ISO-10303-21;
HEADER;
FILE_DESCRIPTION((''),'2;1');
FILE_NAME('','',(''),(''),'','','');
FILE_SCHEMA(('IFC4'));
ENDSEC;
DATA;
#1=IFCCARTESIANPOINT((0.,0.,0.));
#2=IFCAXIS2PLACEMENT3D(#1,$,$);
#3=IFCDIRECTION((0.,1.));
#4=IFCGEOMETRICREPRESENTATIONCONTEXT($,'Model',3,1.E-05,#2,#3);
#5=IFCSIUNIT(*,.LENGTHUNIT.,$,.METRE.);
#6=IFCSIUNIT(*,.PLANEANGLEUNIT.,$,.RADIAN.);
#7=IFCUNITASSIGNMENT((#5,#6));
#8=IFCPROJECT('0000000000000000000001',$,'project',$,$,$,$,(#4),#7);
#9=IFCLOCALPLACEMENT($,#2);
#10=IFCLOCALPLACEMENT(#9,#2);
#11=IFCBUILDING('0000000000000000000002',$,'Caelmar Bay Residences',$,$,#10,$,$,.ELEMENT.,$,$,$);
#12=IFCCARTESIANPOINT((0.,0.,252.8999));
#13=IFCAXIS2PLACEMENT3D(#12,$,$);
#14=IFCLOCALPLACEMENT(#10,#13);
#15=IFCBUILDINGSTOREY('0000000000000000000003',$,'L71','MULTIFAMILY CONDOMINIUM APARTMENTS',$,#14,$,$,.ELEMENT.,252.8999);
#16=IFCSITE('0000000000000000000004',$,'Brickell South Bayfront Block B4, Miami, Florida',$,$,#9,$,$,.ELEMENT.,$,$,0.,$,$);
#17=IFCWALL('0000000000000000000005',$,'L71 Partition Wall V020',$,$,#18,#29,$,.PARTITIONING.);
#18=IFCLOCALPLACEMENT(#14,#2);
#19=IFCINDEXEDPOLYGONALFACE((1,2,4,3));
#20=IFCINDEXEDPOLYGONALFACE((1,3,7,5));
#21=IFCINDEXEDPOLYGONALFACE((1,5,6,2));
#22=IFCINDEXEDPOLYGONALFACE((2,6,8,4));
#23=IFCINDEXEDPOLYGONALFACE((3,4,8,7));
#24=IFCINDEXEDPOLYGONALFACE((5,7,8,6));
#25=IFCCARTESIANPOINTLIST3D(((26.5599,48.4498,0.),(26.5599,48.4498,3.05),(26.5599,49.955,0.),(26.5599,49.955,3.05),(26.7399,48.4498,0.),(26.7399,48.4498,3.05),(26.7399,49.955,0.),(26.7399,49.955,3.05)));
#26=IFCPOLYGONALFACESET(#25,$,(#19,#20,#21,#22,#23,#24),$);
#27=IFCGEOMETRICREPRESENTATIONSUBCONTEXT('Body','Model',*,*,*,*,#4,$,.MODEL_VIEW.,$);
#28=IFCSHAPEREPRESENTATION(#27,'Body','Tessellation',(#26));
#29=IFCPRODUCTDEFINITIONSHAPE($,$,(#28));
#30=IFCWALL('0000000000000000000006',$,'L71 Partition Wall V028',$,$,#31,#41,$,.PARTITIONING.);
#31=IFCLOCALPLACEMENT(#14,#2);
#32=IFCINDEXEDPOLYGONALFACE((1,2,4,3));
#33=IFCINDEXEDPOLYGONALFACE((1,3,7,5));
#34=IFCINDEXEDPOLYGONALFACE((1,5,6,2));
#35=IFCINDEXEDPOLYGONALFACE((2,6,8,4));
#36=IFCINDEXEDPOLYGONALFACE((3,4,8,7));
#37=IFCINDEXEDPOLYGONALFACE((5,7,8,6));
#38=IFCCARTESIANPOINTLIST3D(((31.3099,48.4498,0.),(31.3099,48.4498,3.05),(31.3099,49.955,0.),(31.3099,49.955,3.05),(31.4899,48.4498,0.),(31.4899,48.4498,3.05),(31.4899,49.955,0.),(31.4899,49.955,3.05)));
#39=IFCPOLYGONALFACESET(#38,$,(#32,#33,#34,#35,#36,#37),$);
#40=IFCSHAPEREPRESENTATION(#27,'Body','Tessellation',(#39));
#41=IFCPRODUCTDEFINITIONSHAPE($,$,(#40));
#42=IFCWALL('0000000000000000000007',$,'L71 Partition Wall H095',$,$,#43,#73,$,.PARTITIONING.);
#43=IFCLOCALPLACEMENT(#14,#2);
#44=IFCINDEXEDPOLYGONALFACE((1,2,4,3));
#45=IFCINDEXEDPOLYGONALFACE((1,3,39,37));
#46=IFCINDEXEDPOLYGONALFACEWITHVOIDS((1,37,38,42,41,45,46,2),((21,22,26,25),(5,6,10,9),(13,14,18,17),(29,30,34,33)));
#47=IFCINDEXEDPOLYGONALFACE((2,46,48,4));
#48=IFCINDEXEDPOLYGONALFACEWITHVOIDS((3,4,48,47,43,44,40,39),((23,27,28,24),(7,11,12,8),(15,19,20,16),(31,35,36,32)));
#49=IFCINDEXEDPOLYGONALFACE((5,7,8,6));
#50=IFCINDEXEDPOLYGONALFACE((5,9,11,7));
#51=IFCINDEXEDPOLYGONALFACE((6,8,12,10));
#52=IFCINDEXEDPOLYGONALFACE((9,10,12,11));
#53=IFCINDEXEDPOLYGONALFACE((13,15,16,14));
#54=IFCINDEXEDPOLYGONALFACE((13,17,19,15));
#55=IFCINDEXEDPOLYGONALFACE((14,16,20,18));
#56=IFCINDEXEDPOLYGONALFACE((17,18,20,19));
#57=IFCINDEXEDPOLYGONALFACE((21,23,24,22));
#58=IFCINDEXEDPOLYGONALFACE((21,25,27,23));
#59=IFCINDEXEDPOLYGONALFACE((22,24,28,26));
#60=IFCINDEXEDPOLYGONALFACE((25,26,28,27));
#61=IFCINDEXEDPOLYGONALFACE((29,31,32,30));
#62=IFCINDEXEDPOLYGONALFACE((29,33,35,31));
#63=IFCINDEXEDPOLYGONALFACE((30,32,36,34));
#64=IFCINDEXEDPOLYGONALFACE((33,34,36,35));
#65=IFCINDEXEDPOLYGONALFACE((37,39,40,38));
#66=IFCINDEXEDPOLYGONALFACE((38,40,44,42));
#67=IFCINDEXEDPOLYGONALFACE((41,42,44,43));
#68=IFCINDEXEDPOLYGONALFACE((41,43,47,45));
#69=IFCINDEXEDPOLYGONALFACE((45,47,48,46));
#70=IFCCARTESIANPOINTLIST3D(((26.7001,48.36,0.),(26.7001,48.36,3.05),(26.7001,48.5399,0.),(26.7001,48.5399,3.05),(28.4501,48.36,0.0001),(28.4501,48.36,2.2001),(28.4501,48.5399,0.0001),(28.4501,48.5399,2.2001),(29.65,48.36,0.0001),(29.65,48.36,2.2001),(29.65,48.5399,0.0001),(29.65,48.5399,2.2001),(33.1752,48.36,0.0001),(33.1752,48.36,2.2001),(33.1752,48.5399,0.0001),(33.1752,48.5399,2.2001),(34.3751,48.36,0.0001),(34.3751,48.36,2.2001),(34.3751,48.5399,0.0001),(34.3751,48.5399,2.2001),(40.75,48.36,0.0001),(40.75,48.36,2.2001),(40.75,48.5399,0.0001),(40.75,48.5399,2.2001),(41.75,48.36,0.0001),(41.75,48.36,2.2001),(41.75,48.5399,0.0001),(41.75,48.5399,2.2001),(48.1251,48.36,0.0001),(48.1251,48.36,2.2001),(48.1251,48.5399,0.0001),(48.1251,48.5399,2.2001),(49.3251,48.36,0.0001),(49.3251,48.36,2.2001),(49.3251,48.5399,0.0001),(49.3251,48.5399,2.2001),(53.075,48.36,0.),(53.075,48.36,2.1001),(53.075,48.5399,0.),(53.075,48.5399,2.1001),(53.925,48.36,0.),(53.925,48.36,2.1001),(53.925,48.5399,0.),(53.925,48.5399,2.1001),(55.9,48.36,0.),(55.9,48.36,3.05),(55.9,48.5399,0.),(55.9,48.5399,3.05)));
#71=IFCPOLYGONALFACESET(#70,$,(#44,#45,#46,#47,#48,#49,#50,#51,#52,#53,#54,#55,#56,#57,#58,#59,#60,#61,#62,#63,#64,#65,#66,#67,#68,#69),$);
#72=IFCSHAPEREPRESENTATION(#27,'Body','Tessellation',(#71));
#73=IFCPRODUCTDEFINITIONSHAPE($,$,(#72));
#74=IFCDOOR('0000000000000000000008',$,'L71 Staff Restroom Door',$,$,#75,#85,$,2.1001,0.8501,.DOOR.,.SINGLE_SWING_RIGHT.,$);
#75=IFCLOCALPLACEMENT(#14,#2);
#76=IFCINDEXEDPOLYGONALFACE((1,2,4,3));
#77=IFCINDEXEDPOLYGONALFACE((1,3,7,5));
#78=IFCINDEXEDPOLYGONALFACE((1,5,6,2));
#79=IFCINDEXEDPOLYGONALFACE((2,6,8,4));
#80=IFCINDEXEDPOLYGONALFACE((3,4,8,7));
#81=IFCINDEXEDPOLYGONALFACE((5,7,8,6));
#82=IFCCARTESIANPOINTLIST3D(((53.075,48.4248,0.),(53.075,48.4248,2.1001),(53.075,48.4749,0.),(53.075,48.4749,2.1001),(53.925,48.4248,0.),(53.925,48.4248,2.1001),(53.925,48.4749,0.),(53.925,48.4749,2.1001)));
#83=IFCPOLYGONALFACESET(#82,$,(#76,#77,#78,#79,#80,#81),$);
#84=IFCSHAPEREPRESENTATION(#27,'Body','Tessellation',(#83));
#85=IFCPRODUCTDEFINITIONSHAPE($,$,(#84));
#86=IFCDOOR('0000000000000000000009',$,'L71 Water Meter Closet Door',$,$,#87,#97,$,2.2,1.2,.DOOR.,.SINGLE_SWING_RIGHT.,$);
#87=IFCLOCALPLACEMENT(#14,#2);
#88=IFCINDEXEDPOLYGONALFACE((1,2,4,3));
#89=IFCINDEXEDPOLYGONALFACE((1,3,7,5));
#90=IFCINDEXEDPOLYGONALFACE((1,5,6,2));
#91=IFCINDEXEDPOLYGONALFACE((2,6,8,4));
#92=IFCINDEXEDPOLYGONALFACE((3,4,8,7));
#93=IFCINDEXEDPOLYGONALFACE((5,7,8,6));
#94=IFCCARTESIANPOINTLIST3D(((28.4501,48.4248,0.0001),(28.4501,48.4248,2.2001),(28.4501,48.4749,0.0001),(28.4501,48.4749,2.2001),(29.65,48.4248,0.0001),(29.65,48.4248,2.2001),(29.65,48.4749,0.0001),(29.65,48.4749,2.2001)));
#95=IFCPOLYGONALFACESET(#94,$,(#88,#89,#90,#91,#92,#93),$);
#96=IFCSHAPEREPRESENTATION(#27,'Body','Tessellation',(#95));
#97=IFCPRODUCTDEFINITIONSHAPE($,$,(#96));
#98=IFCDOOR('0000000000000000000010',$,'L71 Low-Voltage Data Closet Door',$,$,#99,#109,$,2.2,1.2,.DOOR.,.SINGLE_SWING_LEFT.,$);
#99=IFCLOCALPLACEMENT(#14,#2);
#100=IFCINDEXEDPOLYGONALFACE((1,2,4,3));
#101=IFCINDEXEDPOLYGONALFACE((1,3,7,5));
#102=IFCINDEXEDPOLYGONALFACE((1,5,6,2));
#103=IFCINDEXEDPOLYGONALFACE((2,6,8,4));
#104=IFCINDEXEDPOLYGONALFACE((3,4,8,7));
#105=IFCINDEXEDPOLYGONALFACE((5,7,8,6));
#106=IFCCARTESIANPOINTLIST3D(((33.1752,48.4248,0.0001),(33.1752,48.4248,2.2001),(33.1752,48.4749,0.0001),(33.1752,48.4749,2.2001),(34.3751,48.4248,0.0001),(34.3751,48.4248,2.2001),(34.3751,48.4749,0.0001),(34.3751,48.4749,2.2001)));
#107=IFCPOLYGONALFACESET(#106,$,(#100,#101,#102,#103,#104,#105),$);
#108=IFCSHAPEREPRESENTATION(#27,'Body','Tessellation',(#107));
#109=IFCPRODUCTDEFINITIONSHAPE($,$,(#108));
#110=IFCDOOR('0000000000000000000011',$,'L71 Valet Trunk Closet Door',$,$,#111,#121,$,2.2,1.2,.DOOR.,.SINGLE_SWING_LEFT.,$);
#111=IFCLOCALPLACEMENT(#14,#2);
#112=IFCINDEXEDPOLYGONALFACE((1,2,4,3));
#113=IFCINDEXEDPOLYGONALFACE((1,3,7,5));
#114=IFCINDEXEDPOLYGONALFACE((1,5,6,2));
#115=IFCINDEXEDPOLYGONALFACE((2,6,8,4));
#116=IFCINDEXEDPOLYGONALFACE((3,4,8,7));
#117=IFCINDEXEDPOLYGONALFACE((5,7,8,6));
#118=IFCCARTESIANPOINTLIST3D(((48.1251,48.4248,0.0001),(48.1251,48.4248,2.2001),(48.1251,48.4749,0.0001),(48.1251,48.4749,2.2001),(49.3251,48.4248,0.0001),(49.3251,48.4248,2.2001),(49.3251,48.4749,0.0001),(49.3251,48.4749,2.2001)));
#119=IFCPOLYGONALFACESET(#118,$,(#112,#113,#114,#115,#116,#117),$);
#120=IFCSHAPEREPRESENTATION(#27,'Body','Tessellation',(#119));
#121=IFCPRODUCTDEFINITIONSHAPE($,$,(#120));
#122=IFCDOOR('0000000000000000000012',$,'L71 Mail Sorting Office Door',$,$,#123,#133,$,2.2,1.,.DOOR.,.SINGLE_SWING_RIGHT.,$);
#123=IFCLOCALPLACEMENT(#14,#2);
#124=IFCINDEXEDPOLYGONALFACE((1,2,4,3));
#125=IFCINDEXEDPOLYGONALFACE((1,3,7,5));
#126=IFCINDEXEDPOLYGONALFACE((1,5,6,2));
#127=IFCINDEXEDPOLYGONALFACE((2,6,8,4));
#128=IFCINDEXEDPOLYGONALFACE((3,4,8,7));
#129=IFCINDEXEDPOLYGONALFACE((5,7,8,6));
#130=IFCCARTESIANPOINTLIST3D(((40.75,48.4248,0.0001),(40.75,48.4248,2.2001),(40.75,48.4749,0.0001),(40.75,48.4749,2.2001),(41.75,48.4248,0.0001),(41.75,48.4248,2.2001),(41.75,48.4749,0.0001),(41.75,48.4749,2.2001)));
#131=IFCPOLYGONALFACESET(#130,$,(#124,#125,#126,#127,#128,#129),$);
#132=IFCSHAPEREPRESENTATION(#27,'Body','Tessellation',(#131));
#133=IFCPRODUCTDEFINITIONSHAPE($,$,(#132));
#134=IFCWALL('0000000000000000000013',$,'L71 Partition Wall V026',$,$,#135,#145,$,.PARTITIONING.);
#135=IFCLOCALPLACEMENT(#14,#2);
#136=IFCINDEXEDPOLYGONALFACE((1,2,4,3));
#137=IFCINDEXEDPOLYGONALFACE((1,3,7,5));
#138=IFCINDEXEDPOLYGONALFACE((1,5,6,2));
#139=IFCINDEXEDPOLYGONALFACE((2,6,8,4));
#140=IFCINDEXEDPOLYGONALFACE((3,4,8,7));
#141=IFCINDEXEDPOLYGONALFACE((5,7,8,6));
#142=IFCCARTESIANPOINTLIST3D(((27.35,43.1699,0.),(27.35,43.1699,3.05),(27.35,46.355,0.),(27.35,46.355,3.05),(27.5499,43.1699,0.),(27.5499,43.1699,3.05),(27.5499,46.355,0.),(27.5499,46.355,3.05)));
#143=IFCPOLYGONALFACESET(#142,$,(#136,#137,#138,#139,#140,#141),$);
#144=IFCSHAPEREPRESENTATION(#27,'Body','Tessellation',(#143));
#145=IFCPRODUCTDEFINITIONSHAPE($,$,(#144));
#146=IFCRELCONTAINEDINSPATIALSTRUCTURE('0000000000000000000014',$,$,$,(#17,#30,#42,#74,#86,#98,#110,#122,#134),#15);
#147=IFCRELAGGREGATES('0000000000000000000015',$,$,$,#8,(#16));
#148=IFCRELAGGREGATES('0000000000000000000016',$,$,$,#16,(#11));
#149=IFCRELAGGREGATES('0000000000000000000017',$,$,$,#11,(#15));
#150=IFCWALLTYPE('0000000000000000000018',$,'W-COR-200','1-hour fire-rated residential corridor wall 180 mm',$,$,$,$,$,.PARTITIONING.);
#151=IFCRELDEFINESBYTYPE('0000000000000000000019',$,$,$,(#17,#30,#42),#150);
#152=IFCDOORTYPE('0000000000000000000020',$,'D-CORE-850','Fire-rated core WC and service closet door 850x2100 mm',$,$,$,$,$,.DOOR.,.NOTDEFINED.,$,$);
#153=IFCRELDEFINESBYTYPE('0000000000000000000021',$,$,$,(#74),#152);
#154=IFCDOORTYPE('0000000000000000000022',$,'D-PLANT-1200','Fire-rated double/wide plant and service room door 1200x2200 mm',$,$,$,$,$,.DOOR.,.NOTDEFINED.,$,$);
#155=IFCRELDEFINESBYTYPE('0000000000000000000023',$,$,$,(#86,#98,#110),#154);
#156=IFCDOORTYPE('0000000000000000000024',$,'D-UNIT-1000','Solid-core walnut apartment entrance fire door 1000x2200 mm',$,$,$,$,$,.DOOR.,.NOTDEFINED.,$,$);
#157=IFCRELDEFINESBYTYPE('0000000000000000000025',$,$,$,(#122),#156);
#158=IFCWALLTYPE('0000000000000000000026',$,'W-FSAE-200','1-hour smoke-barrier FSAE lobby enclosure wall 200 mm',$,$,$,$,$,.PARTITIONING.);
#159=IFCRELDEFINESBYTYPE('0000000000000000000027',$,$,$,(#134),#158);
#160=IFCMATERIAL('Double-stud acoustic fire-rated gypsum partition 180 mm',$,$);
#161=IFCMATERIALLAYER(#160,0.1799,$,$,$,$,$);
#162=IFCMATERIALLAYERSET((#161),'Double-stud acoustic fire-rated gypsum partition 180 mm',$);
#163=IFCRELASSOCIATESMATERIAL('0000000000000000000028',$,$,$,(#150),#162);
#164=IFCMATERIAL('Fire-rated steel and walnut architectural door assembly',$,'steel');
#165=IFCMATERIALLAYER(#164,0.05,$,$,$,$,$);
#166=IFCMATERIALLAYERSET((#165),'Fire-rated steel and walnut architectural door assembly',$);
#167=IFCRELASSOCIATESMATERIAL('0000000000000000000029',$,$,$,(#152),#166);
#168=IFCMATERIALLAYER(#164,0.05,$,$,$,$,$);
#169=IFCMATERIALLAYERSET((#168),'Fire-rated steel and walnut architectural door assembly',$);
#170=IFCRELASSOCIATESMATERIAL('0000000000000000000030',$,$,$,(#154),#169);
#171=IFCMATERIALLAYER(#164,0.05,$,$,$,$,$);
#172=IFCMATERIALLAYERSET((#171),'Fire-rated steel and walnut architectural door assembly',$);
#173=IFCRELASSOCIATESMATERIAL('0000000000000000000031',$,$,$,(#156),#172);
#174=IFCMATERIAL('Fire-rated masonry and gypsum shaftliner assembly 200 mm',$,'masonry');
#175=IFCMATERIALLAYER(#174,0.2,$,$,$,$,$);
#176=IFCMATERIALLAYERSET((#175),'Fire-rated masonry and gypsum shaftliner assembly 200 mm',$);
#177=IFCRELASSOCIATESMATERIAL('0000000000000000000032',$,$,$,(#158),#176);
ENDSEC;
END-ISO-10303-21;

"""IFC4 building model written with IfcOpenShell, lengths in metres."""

from ifc_helpers import new_model, si_unit, direction, frame, frame_2d, origin, place, context, subcontext, project, spatial, rectangle, extrude, material, layer, layer_set, type_object, element, fill, save


model = new_model("IFC4")

# Units and contexts
model_context = context("Model", 3, precision=1e-05, world=origin(), true_north=direction((0.0, 1.0)))
body_context = subcontext(model_context, "Body", "Model", "MODEL_VIEW")
ifc_project = project(units=[si_unit("LENGTHUNIT", "METRE"), si_unit("PLANEANGLEUNIT", "RADIAN")], contexts=[model_context])

# Site, building, storey
site_placement = place(None, origin())
site = spatial("IfcSite", under=ifc_project, at=site_placement, Name="Brickell South Bayfront Block B4, Miami, Florida", CompositionType="ELEMENT", RefElevation=0.0)
building_placement = place(site_placement, origin())
building = spatial("IfcBuilding", under=site, at=building_placement, Name="Caelmar Bay Residences", CompositionType="ELEMENT")
storey_placement = place(building_placement, frame((0.0, 0.0, 252.8999)))
storey = spatial("IfcBuildingStorey", under=building, at=storey_placement, Name="L71", Description="MULTIFAMILY CONDOMINIUM APARTMENTS", CompositionType="ELEMENT", Elevation=252.8999)

# Walls
ifc_material_1 = material(Name="Double-stud acoustic fire-rated gypsum partition 180 mm")
ifc_layer_1 = layer(ifc_material_1, 0.1799)
ifc_layer_set_1 = layer_set([ifc_layer_1], Name="Double-stud acoustic fire-rated gypsum partition 180 mm")
wall_type_1 = type_object("IfcWallType", Name="W-COR-200", Description="1-hour fire-rated residential corridor wall 180 mm", PredefinedType="PARTITIONING", material=ifc_layer_set_1)
for number, where, z_axis, x_axis, name in (
    (1, (26.6499, 48.45, 0.0), (0.0, 0.0, 1.0), (0.0, 1.0, 0.0), "L71 Partition Wall V020"),
    (2, (31.3999, 48.45, 0.0), (0.0, 0.0, 1.0), (0.0, 1.0, 0.0), "L71 Partition Wall V028"),
):
    element("IfcWall", number, at=place(storey_placement, frame(where, z_axis=z_axis, x_axis=x_axis)), inside=storey, type_object=wall_type_1, Name=name, PredefinedType="PARTITIONING", context=body_context, shape_type="SweptSolid", body=[
        extrude(rectangle(XDim=1.5051, YDim=0.1799, at=frame_2d((0.7524, 0.0))), origin(), (0.0, 0.0, 1.0), 3.05),
    ])

# Wall, openings, doors
wall_1_placement = place(storey_placement, frame((26.7, 48.45, 0.0), z_axis=(0.0, 0.0, 1.0), x_axis=(1.0, 0.0, 0.0)))
wall_1 = element("IfcWall", 3, at=wall_1_placement, inside=storey, type_object=wall_type_1, Name="L71 Partition Wall H095", PredefinedType="PARTITIONING", context=body_context, shape_type="SweptSolid", body=[
    extrude(rectangle(XDim=29.2, YDim=0.1799, at=frame_2d((14.6001, 0.0))), origin(), (0.0, 0.0, 1.0), 3.05),
])
opening_1_placement = place(wall_1_placement, frame((1.75, 0.0, 0.0)))
opening_1 = element("IfcOpeningElement", 4, at=opening_1_placement, cuts=wall_1, PredefinedType="OPENING", context=body_context, shape_type="SweptSolid", body=[
    extrude(rectangle(XDim=1.2, YDim=2.2, at=frame_2d((0.6001, 1.1001))), frame((0.0, 0.0999, 0.0), z_axis=(0.0, -1.0, 0.0), x_axis=(1.0, 0.0, 0.0)), (0.0, 0.0, 1.0), 0.2),
])
opening_2_placement = place(wall_1_placement, frame((6.4751, 0.0, 0.0)))
opening_2 = element("IfcOpeningElement", 5, at=opening_2_placement, cuts=wall_1, PredefinedType="OPENING", context=body_context, shape_type="SweptSolid", body=[
    extrude(rectangle(XDim=1.2, YDim=2.2, at=frame_2d((0.6001, 1.1001))), frame((0.0, 0.0999, 0.0), z_axis=(0.0, -1.0, 0.0), x_axis=(1.0, 0.0, 0.0)), (0.0, 0.0, 1.0), 0.2),
])
opening_3_placement = place(wall_1_placement, frame((14.05, 0.0, 0.0)))
opening_3 = element("IfcOpeningElement", 6, at=opening_3_placement, cuts=wall_1, PredefinedType="OPENING", context=body_context, shape_type="SweptSolid", body=[
    extrude(rectangle(XDim=1.0, YDim=2.2, at=frame_2d((0.5, 1.1001))), frame((0.0, 0.0999, 0.0), z_axis=(0.0, -1.0, 0.0), x_axis=(1.0, 0.0, 0.0)), (0.0, 0.0, 1.0), 0.2),
])
opening_4_placement = place(wall_1_placement, frame((21.425, 0.0, 0.0)))
opening_4 = element("IfcOpeningElement", 7, at=opening_4_placement, cuts=wall_1, PredefinedType="OPENING", context=body_context, shape_type="SweptSolid", body=[
    extrude(rectangle(XDim=1.2, YDim=2.2, at=frame_2d((0.6001, 1.1001))), frame((0.0, 0.0999, 0.0), z_axis=(0.0, -1.0, 0.0), x_axis=(1.0, 0.0, 0.0)), (0.0, 0.0, 1.0), 0.2),
])
opening_5_placement = place(wall_1_placement, frame((26.375, 0.0, 0.0)))
opening_5 = element("IfcOpeningElement", 8, at=opening_5_placement, cuts=wall_1, PredefinedType="OPENING", context=body_context, shape_type="SweptSolid", body=[
    extrude(rectangle(XDim=0.8501, YDim=2.1001, at=frame_2d((0.425, 1.05))), frame((0.0, 0.0999, 0.0), z_axis=(0.0, -1.0, 0.0), x_axis=(1.0, 0.0, 0.0)), (0.0, 0.0, 1.0), 0.2),
])
ifc_material_2 = material(Name="Fire-rated steel and walnut architectural door assembly", Category="steel")
ifc_layer_2 = layer(ifc_material_2, 0.05)
ifc_layer_set_2 = layer_set([ifc_layer_2], Name="Fire-rated steel and walnut architectural door assembly")
door_type_1 = type_object("IfcDoorType", Name="D-CORE-850", Description="Fire-rated core WC and service closet door 850x2100 mm", OperationType="NOTDEFINED", PredefinedType="DOOR", material=ifc_layer_set_2)
door_1_placement = place(opening_5_placement, origin())
door_1 = element("IfcDoor", 9, at=door_1_placement, inside=storey, type_object=door_type_1, Name="L71 Staff Restroom Door", OperationType="SINGLE_SWING_RIGHT", OverallHeight=2.1001, OverallWidth=0.8501, PredefinedType="DOOR", context=body_context, shape_type="SweptSolid", body=[
    extrude(rectangle(XDim=0.8501, YDim=2.1001, at=frame_2d((0.425, 1.05))), frame((0.0, 0.0249, 0.0), z_axis=(0.0, -1.0, 0.0), x_axis=(1.0, 0.0, 0.0)), (0.0, 0.0, 1.0), 0.05),
])
fill(opening_5, door_1)
ifc_layer_3 = layer(ifc_material_2, 0.05)
ifc_layer_set_3 = layer_set([ifc_layer_3], Name="Fire-rated steel and walnut architectural door assembly")
door_type_2 = type_object("IfcDoorType", Name="D-PLANT-1200", Description="Fire-rated double/wide plant and service room door 1200x2200 mm", OperationType="NOTDEFINED", PredefinedType="DOOR", material=ifc_layer_set_3)
door_2_placement = place(opening_1_placement, origin())
door_2 = element("IfcDoor", 10, at=door_2_placement, inside=storey, type_object=door_type_2, Name="L71 Water Meter Closet Door", OperationType="SINGLE_SWING_RIGHT", OverallHeight=2.2, OverallWidth=1.2, PredefinedType="DOOR", context=body_context, shape_type="SweptSolid", body=[
    extrude(rectangle(XDim=1.2, YDim=2.2, at=frame_2d((0.6001, 1.1001))), frame((0.0, 0.0249, 0.0), z_axis=(0.0, -1.0, 0.0), x_axis=(1.0, 0.0, 0.0)), (0.0, 0.0, 1.0), 0.05),
])
fill(opening_1, door_2)
door_3_placement = place(opening_2_placement, origin())
door_3 = element("IfcDoor", 11, at=door_3_placement, inside=storey, type_object=door_type_2, Name="L71 Low-Voltage Data Closet Door", OperationType="SINGLE_SWING_LEFT", OverallHeight=2.2, OverallWidth=1.2, PredefinedType="DOOR", context=body_context, shape_type="SweptSolid", body=[
    extrude(rectangle(XDim=1.2, YDim=2.2, at=frame_2d((0.6001, 1.1001))), frame((0.0, 0.0249, 0.0), z_axis=(0.0, -1.0, 0.0), x_axis=(1.0, 0.0, 0.0)), (0.0, 0.0, 1.0), 0.05),
])
fill(opening_2, door_3)
door_4_placement = place(opening_4_placement, origin())
door_4 = element("IfcDoor", 12, at=door_4_placement, inside=storey, type_object=door_type_2, Name="L71 Valet Trunk Closet Door", OperationType="SINGLE_SWING_LEFT", OverallHeight=2.2, OverallWidth=1.2, PredefinedType="DOOR", context=body_context, shape_type="SweptSolid", body=[
    extrude(rectangle(XDim=1.2, YDim=2.2, at=frame_2d((0.6001, 1.1001))), frame((0.0, 0.0249, 0.0), z_axis=(0.0, -1.0, 0.0), x_axis=(1.0, 0.0, 0.0)), (0.0, 0.0, 1.0), 0.05),
])
fill(opening_4, door_4)
ifc_layer_4 = layer(ifc_material_2, 0.05)
ifc_layer_set_4 = layer_set([ifc_layer_4], Name="Fire-rated steel and walnut architectural door assembly")
door_type_3 = type_object("IfcDoorType", Name="D-UNIT-1000", Description="Solid-core walnut apartment entrance fire door 1000x2200 mm", OperationType="NOTDEFINED", PredefinedType="DOOR", material=ifc_layer_set_4)
door_5_placement = place(opening_3_placement, origin())
door_5 = element("IfcDoor", 13, at=door_5_placement, inside=storey, type_object=door_type_3, Name="L71 Mail Sorting Office Door", OperationType="SINGLE_SWING_RIGHT", OverallHeight=2.2, OverallWidth=1.0, PredefinedType="DOOR", context=body_context, shape_type="SweptSolid", body=[
    extrude(rectangle(XDim=1.0, YDim=2.2, at=frame_2d((0.5, 1.1001))), frame((0.0, 0.0249, 0.0), z_axis=(0.0, -1.0, 0.0), x_axis=(1.0, 0.0, 0.0)), (0.0, 0.0, 1.0), 0.05),
])
fill(opening_3, door_5)

# Wall
ifc_material_3 = material(Name="Fire-rated masonry and gypsum shaftliner assembly 200 mm", Category="masonry")
ifc_layer_5 = layer(ifc_material_3, 0.2)
ifc_layer_set_5 = layer_set([ifc_layer_5], Name="Fire-rated masonry and gypsum shaftliner assembly 200 mm")
wall_type_2 = type_object("IfcWallType", Name="W-FSAE-200", Description="1-hour smoke-barrier FSAE lobby enclosure wall 200 mm", PredefinedType="PARTITIONING", material=ifc_layer_set_5)
wall_2_placement = place(storey_placement, frame((27.45, 43.1699, 0.0), z_axis=(0.0, 0.0, 1.0), x_axis=(0.0, 1.0, 0.0)))
element("IfcWall", 14, at=wall_2_placement, inside=storey, type_object=wall_type_2, Name="L71 Partition Wall V026", PredefinedType="PARTITIONING", context=body_context, shape_type="SweptSolid", body=[
    extrude(rectangle(XDim=3.1851, YDim=0.2, at=frame_2d((1.5925, 0.0))), origin(), (0.0, 0.0, 1.0), 3.05),
])

save(model, "model.ifc")
